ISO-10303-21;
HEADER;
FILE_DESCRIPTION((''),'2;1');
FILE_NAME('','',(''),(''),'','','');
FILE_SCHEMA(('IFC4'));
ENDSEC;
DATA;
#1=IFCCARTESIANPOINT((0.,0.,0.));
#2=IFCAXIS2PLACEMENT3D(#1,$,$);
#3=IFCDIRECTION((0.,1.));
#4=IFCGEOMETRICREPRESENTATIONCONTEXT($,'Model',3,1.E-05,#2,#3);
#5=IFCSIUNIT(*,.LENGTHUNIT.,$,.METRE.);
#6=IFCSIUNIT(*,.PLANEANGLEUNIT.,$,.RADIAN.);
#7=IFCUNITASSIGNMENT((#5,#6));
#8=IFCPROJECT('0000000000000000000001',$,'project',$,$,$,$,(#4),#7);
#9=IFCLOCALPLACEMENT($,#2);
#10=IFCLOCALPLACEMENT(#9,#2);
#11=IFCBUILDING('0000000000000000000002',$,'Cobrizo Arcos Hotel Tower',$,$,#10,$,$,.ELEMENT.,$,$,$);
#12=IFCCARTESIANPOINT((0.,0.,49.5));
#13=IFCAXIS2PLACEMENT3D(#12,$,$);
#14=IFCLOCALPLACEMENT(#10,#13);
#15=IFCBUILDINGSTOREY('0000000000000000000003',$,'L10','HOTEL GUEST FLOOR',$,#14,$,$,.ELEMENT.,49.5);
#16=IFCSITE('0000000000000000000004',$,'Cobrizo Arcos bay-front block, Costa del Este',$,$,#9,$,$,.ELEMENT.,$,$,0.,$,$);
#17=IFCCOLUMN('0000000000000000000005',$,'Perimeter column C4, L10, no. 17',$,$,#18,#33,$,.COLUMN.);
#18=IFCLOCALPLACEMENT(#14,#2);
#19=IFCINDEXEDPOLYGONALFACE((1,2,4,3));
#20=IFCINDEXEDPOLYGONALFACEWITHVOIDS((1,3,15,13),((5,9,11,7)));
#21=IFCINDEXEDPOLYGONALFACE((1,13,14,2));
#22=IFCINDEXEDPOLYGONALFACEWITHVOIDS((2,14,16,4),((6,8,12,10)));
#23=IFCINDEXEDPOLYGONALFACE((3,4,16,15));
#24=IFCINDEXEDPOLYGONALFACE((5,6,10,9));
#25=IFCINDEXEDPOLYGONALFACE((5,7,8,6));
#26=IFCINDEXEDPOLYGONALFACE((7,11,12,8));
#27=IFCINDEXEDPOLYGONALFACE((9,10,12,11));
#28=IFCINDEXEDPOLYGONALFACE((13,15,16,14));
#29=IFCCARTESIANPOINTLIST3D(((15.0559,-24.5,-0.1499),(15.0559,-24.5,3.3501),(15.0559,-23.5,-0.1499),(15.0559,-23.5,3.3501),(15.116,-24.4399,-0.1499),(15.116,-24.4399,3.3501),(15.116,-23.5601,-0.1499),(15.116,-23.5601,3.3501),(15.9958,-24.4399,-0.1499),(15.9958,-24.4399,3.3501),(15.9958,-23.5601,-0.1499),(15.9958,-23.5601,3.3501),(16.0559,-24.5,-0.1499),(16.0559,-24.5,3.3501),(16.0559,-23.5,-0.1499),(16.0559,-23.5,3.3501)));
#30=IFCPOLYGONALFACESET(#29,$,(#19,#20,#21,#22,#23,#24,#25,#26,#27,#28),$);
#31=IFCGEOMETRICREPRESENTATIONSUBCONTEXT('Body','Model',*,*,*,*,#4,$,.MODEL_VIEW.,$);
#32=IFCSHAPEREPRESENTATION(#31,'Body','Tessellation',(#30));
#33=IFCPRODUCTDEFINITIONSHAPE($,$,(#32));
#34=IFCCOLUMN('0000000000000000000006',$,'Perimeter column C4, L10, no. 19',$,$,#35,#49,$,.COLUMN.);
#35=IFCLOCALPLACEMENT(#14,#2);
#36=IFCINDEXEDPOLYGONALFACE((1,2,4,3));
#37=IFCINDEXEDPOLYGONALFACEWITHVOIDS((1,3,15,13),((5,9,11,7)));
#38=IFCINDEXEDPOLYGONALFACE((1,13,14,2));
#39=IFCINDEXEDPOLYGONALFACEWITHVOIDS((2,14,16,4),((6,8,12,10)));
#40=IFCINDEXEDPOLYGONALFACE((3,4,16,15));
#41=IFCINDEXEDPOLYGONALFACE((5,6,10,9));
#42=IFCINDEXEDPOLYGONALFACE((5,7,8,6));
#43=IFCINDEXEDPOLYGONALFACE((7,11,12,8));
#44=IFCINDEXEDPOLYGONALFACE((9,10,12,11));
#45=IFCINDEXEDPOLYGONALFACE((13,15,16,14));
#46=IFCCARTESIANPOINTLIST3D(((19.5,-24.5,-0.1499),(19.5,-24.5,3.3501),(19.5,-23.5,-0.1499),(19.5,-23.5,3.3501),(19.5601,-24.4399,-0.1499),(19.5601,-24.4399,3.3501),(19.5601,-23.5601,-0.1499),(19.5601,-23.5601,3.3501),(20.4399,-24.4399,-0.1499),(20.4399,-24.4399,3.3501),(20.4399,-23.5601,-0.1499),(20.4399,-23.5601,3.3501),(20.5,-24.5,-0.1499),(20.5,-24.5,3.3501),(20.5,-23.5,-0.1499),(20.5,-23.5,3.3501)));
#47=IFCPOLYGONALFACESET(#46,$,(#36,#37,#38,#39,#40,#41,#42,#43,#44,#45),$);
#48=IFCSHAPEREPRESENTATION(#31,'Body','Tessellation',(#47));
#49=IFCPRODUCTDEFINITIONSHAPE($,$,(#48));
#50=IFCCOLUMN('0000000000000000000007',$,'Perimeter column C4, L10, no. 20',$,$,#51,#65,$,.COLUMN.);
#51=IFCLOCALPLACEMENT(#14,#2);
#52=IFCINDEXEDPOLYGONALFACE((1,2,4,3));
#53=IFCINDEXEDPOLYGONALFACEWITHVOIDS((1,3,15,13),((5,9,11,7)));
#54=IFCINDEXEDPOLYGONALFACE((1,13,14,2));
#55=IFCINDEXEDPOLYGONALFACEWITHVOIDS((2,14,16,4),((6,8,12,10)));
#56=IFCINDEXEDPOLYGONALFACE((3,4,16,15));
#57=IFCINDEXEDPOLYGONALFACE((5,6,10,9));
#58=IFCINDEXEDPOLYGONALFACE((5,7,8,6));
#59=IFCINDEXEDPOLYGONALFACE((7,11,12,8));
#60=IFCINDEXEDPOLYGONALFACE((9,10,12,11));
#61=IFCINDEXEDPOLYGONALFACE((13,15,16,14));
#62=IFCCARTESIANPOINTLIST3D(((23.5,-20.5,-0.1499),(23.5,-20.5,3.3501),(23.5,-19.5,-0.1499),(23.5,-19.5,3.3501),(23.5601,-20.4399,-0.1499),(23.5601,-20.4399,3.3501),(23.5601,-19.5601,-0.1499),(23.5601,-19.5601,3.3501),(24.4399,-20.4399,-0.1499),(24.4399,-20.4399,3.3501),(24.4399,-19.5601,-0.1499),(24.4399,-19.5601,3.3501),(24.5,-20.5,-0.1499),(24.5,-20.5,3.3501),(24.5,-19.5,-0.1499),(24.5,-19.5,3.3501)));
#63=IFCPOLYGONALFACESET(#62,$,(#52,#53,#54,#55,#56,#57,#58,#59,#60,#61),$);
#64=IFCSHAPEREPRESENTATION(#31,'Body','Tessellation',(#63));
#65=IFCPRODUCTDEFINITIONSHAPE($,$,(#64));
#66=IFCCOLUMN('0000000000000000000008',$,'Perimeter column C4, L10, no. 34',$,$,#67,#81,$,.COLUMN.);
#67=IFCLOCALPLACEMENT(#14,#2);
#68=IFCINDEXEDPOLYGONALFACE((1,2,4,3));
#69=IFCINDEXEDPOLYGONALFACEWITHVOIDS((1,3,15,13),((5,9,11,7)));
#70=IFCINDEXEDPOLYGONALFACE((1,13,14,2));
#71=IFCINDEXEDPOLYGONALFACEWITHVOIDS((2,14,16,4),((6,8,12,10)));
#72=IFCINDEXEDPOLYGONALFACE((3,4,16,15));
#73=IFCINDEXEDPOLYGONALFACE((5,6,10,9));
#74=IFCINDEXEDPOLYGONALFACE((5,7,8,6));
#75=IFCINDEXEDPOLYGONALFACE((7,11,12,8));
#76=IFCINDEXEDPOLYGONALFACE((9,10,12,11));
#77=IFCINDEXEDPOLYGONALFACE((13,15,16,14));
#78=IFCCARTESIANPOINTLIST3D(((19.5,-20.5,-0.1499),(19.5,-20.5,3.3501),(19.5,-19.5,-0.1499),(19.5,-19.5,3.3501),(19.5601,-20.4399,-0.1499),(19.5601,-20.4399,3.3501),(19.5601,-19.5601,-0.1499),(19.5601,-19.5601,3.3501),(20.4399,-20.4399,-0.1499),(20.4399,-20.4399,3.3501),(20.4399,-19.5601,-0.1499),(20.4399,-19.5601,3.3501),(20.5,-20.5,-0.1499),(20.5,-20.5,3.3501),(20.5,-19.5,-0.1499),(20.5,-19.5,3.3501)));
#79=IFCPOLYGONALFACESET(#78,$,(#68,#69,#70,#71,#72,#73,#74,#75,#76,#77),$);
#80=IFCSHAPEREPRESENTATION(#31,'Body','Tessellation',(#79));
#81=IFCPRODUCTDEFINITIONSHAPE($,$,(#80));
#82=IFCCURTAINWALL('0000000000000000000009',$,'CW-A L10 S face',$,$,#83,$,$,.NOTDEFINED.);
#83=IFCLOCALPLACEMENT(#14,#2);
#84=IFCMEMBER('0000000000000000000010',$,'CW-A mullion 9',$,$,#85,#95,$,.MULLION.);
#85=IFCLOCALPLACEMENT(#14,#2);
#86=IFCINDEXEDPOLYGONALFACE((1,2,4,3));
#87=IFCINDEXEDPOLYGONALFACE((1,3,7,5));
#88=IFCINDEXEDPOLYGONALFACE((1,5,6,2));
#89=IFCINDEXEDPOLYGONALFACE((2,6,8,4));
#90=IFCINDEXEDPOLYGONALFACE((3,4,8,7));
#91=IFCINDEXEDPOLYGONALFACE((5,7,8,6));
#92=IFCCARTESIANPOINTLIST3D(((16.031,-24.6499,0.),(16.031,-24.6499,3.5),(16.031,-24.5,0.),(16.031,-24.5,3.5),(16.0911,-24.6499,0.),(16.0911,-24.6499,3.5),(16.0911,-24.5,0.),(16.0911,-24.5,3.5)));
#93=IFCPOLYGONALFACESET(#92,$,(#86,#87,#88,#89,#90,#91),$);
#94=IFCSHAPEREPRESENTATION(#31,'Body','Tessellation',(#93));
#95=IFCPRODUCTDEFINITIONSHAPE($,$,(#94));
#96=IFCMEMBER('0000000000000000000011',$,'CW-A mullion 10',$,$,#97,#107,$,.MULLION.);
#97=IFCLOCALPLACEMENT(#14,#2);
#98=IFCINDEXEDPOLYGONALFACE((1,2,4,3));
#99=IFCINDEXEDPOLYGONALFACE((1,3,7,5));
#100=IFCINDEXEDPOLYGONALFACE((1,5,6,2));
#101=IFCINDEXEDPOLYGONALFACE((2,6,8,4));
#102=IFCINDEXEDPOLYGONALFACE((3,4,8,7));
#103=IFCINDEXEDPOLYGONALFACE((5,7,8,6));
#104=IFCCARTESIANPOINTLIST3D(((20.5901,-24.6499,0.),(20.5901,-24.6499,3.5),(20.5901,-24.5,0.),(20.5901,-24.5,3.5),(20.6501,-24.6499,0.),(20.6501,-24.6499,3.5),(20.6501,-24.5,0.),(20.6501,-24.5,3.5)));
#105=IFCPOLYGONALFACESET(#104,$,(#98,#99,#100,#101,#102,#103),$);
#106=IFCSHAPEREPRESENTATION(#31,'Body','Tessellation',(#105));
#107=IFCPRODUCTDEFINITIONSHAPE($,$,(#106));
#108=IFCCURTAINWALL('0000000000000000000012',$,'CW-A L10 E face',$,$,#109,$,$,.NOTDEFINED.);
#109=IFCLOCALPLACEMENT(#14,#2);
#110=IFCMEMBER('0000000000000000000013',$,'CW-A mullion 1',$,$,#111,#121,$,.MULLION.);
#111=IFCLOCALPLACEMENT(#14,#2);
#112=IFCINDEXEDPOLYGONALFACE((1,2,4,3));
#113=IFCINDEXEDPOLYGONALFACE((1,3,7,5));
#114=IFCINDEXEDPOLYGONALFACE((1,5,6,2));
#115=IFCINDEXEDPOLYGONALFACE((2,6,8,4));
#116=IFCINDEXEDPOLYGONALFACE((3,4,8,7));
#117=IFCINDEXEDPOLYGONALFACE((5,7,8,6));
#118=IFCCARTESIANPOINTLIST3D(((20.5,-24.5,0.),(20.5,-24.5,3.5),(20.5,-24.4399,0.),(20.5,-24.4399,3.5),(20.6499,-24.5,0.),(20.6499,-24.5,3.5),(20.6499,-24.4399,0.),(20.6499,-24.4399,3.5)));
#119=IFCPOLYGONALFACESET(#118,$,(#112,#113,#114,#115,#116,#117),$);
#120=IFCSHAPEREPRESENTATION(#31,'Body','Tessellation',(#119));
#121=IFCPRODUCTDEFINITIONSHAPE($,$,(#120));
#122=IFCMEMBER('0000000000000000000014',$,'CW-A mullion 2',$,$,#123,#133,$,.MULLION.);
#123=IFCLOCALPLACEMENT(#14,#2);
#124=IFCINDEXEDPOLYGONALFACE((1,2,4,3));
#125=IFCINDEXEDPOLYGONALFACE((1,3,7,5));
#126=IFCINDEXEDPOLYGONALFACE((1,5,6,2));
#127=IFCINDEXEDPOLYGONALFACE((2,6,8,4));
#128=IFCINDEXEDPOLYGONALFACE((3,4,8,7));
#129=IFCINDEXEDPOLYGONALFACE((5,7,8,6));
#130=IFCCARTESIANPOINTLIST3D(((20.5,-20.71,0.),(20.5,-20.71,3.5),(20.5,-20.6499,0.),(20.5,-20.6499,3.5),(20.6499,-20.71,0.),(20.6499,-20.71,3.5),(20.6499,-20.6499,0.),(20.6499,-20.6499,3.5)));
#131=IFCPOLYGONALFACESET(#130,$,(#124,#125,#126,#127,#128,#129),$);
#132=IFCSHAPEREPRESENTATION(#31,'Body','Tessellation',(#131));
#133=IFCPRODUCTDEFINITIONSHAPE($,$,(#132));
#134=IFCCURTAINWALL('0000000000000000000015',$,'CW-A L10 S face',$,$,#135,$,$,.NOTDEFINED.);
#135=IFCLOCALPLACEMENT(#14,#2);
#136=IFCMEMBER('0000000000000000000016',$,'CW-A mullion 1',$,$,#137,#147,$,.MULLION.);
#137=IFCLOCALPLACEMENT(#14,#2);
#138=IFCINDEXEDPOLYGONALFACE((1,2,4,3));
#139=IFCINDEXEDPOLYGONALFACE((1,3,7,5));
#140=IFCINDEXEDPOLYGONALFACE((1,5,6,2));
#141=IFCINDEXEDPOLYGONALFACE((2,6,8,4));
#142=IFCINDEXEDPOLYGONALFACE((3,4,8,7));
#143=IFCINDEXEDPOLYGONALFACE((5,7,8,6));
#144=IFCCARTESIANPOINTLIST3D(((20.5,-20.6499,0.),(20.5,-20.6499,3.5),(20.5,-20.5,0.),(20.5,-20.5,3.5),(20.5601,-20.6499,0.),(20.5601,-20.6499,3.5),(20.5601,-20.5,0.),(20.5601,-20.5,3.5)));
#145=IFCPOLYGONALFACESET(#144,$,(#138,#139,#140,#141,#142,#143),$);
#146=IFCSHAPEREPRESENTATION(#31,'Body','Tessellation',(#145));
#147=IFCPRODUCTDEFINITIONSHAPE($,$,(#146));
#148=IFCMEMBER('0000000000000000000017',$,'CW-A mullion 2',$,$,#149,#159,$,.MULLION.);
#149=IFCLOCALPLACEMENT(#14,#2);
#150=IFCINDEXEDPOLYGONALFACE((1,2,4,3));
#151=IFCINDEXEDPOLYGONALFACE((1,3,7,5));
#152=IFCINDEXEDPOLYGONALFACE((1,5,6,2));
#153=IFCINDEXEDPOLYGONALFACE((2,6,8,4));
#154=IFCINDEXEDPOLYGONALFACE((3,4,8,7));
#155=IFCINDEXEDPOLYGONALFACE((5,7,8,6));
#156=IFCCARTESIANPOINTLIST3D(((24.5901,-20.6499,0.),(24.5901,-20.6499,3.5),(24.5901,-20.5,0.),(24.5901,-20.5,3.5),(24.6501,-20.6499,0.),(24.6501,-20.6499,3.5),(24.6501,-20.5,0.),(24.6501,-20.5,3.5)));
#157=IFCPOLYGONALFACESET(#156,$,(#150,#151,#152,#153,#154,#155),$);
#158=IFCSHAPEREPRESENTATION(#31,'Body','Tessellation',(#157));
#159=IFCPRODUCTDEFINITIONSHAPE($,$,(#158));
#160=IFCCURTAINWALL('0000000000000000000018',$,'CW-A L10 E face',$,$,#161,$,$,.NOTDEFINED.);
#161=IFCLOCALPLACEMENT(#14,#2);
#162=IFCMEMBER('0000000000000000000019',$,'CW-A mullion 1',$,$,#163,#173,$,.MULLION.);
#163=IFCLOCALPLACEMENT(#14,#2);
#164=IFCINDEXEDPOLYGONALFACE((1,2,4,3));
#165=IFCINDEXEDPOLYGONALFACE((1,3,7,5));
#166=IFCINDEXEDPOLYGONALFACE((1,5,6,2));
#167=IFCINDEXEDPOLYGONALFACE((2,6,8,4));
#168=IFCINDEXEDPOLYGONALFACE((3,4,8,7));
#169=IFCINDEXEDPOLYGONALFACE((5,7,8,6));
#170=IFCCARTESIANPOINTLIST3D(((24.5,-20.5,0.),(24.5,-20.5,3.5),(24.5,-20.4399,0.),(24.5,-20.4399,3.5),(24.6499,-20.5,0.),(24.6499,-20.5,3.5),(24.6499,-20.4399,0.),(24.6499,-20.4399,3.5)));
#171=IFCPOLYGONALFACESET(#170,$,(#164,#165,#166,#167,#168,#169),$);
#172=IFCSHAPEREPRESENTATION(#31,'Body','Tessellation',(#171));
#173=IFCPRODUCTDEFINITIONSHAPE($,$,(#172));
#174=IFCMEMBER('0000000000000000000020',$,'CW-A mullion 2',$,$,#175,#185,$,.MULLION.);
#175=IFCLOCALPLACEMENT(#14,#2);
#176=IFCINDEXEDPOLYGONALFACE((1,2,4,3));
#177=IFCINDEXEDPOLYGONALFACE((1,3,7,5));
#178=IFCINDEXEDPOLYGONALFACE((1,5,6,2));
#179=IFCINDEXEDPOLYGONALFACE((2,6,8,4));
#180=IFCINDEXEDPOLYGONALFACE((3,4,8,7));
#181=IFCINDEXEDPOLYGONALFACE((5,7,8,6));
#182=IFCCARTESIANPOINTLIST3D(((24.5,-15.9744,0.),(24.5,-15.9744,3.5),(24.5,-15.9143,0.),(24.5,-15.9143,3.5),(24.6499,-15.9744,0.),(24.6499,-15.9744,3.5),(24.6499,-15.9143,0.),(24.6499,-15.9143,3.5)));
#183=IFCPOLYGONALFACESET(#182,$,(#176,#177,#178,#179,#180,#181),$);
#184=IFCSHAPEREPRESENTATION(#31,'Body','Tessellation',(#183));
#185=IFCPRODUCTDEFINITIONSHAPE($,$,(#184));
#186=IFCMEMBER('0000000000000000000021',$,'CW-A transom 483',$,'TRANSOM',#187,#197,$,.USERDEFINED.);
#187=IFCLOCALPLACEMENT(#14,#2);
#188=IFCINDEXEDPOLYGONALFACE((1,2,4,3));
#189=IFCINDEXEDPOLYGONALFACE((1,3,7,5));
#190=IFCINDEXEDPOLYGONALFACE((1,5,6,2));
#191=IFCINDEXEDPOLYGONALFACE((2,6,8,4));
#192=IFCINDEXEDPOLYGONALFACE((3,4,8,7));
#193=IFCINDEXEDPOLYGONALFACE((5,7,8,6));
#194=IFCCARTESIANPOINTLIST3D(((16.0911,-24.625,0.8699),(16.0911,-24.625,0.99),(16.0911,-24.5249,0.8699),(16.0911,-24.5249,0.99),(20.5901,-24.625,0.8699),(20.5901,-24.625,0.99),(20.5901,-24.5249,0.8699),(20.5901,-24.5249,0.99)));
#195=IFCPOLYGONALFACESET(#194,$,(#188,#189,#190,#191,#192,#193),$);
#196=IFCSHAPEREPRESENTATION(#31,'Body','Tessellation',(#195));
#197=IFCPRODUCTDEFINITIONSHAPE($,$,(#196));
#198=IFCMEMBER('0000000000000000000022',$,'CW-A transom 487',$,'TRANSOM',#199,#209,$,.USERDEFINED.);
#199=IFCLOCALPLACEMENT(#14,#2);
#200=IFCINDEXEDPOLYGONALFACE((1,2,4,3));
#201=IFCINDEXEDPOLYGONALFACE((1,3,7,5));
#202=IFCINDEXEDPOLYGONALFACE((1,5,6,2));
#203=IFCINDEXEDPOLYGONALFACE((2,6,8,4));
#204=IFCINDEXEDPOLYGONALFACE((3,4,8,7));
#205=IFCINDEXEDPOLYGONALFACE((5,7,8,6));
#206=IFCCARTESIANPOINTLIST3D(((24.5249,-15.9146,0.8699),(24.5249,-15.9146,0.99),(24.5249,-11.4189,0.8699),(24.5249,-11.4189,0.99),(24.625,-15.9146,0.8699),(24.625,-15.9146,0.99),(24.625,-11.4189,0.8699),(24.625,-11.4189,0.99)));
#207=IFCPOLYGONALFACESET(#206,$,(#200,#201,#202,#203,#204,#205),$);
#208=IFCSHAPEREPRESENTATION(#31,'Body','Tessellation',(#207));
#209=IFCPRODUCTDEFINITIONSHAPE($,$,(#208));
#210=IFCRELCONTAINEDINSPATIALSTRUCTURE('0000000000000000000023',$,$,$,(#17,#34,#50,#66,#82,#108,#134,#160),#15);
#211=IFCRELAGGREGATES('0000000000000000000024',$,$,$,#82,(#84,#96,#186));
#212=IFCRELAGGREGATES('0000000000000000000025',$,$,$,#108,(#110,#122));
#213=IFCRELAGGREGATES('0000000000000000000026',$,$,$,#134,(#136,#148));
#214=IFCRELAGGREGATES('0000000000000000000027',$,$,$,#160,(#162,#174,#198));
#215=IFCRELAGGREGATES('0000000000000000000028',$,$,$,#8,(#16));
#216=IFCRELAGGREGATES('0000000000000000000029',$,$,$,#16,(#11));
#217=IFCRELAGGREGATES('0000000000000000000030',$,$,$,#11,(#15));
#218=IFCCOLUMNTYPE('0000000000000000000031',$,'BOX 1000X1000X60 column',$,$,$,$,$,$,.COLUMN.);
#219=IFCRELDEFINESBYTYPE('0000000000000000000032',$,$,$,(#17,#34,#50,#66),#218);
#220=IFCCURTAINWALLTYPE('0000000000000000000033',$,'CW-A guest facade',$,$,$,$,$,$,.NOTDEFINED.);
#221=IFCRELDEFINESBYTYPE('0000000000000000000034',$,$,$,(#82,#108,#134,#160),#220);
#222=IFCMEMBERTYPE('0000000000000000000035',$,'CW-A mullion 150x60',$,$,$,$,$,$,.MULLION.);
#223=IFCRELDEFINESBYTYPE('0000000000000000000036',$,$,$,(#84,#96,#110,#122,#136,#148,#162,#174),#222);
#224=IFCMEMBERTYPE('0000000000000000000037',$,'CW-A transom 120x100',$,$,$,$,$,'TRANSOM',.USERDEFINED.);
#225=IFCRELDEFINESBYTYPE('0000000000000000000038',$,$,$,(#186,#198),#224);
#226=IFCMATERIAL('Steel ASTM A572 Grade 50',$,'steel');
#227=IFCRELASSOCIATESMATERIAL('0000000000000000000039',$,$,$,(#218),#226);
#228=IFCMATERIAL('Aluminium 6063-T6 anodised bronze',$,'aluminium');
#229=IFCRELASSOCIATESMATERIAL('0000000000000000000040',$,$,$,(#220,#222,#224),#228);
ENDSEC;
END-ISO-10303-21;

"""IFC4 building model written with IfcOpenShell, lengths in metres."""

from ifc_helpers import new_model, si_unit, direction, frame, origin, origin_2d, place, context, subcontext, project, spatial, rectangle, hollow_rectangle, extrude, material, material_profile, profile_set, type_object, element, aggregate, save


model = new_model("IFC4")

# Units and contexts
model_context = context("Model", 3, precision=1e-05, world=origin(), true_north=direction((0.0, 1.0)))
body_context = subcontext(model_context, "Body", "Model", "MODEL_VIEW")
ifc_project = project(units=[si_unit("LENGTHUNIT", "METRE"), si_unit("PLANEANGLEUNIT", "RADIAN")], contexts=[model_context])

# Site, building, storey
site_placement = place(None, origin())
site = spatial("IfcSite", under=ifc_project, at=site_placement, Name="Cobrizo Arcos bay-front block, Costa del Este", CompositionType="ELEMENT", RefElevation=0.0)
building_placement = place(site_placement, origin())
building = spatial("IfcBuilding", under=site, at=building_placement, Name="Cobrizo Arcos Hotel Tower", CompositionType="ELEMENT")
storey_placement = place(building_placement, frame((0.0, 0.0, 49.5)))
storey = spatial("IfcBuildingStorey", under=building, at=storey_placement, Name="L10", Description="HOTEL GUEST FLOOR", CompositionType="ELEMENT", Elevation=49.5)

# Columns
ifc_material_1 = material(Name="Steel ASTM A572 Grade 50", Category="steel")
ifc_material_profile_1 = material_profile(ifc_material_1, hollow_rectangle(XDim=1.0, YDim=1.0, WallThickness=0.0601, at=origin_2d()), Name="BOX 1000X1000X60")
ifc_profile_set_1 = profile_set([ifc_material_profile_1], Name="Steel ASTM A572 Grade 50")
column_type = type_object("IfcColumnType", Name="BOX 1000X1000X60 column", PredefinedType="COLUMN", material=ifc_profile_set_1)
for number, where, z_axis, x_axis, name in (
    (1, (15.5559, -24.0, -0.1499), (0.0, 0.0, 1.0), (1.0, 0.0, 0.0), "Perimeter column C4, L10, no. 17"),
    (2, (20.0, -24.0, -0.1499), (0.0, 0.0, 1.0), (1.0, 0.0, 0.0), "Perimeter column C4, L10, no. 19"),
    (3, (24.0, -20.0, -0.1499), (0.0, 0.0, 1.0), (1.0, 0.0, 0.0), "Perimeter column C4, L10, no. 20"),
    (4, (20.0, -20.0, -0.1499), (0.0, 0.0, 1.0), (1.0, 0.0, 0.0), "Perimeter column C4, L10, no. 34"),
):
    element("IfcColumn", number, at=place(storey_placement, frame(where, z_axis=z_axis, x_axis=x_axis)), inside=storey, type_object=column_type, Name=name, PredefinedType="COLUMN", context=body_context, shape_type="SweptSolid", body=[
        extrude(hollow_rectangle(XDim=1.0, YDim=1.0, WallThickness=0.0601, at=origin_2d()), origin(), (0.0, 0.0, 1.0), 3.5),
    ])

# Curtain walls, members
ifc_material_2 = material(Name="Aluminium 6063-T6 anodised bronze", Category="aluminium")
curtain_wall_type = type_object("IfcCurtainWallType", Name="CW-A guest facade", PredefinedType="NOTDEFINED", material=ifc_material_2)
curtain_wall_1_placement = place(storey_placement, origin())
curtain_wall_1 = element("IfcCurtainWall", 5, at=curtain_wall_1_placement, inside=storey, type_object=curtain_wall_type, Name="CW-A L10 S face", PredefinedType="NOTDEFINED")
ifc_material_profile_2 = material_profile(ifc_material_2, rectangle(XDim=0.1499, YDim=0.0601, at=origin_2d()), Name="CW-A mullion 150x60")
ifc_profile_set_2 = profile_set([ifc_material_profile_2], Name="Aluminium 6063-T6 anodised bronze")
member_type_1 = type_object("IfcMemberType", Name="CW-A mullion 150x60", PredefinedType="MULLION", material=ifc_profile_set_2)
member_1_placement = place(storey_placement, frame((16.061, -24.575, 0.0), z_axis=(0.0, 0.0, 1.0), x_axis=(0.0, -1.0, 0.0)))
member_1 = element("IfcMember", 6, at=member_1_placement, type_object=member_type_1, Name="CW-A mullion 9", PredefinedType="MULLION", context=body_context, shape_type="SweptSolid", body=[
    extrude(rectangle(XDim=0.1499, YDim=0.0601, at=origin_2d()), origin(), (0.0, 0.0, 1.0), 3.5),
])
member_2_placement = place(storey_placement, frame((20.6201, -24.575, 0.0), z_axis=(0.0, 0.0, 1.0), x_axis=(0.0, -1.0, 0.0)))
member_2 = element("IfcMember", 7, at=member_2_placement, type_object=member_type_1, Name="CW-A mullion 10", PredefinedType="MULLION", context=body_context, shape_type="SweptSolid", body=[
    extrude(rectangle(XDim=0.1499, YDim=0.0601, at=origin_2d()), origin(), (0.0, 0.0, 1.0), 3.5),
])
curtain_wall_2_placement = place(storey_placement, origin())
curtain_wall_2 = element("IfcCurtainWall", 8, at=curtain_wall_2_placement, inside=storey, type_object=curtain_wall_type, Name="CW-A L10 E face", PredefinedType="NOTDEFINED")
member_3_placement = place(storey_placement, frame((20.575, -24.47, 0.0), z_axis=(0.0, 0.0, 1.0), x_axis=(1.0, 0.0, 0.0)))
member_3 = element("IfcMember", 9, at=member_3_placement, type_object=member_type_1, Name="CW-A mullion 1", PredefinedType="MULLION", context=body_context, shape_type="SweptSolid", body=[
    extrude(rectangle(XDim=0.1499, YDim=0.0601, at=origin_2d()), origin(), (0.0, 0.0, 1.0), 3.5),
])
member_4_placement = place(storey_placement, frame((20.575, -20.6799, 0.0), z_axis=(0.0, 0.0, 1.0), x_axis=(1.0, 0.0, 0.0)))
member_4 = element("IfcMember", 10, at=member_4_placement, type_object=member_type_1, Name="CW-A mullion 2", PredefinedType="MULLION", context=body_context, shape_type="SweptSolid", body=[
    extrude(rectangle(XDim=0.1499, YDim=0.0601, at=origin_2d()), origin(), (0.0, 0.0, 1.0), 3.5),
])
curtain_wall_3_placement = place(storey_placement, origin())
curtain_wall_3 = element("IfcCurtainWall", 11, at=curtain_wall_3_placement, inside=storey, type_object=curtain_wall_type, Name="CW-A L10 S face", PredefinedType="NOTDEFINED")
member_5_placement = place(storey_placement, frame((20.53, -20.575, 0.0), z_axis=(0.0, 0.0, 1.0), x_axis=(0.0, -1.0, 0.0)))
member_5 = element("IfcMember", 12, at=member_5_placement, type_object=member_type_1, Name="CW-A mullion 1", PredefinedType="MULLION", context=body_context, shape_type="SweptSolid", body=[
    extrude(rectangle(XDim=0.1499, YDim=0.0601, at=origin_2d()), origin(), (0.0, 0.0, 1.0), 3.5),
])
member_6_placement = place(storey_placement, frame((24.6201, -20.575, 0.0), z_axis=(0.0, 0.0, 1.0), x_axis=(0.0, -1.0, 0.0)))
member_6 = element("IfcMember", 13, at=member_6_placement, type_object=member_type_1, Name="CW-A mullion 2", PredefinedType="MULLION", context=body_context, shape_type="SweptSolid", body=[
    extrude(rectangle(XDim=0.1499, YDim=0.0601, at=origin_2d()), origin(), (0.0, 0.0, 1.0), 3.5),
])
curtain_wall_4_placement = place(storey_placement, origin())
curtain_wall_4 = element("IfcCurtainWall", 14, at=curtain_wall_4_placement, inside=storey, type_object=curtain_wall_type, Name="CW-A L10 E face", PredefinedType="NOTDEFINED")
member_7_placement = place(storey_placement, frame((24.575, -20.47, 0.0), z_axis=(0.0, 0.0, 1.0), x_axis=(1.0, 0.0, 0.0)))
member_7 = element("IfcMember", 15, at=member_7_placement, type_object=member_type_1, Name="CW-A mullion 1", PredefinedType="MULLION", context=body_context, shape_type="SweptSolid", body=[
    extrude(rectangle(XDim=0.1499, YDim=0.0601, at=origin_2d()), origin(), (0.0, 0.0, 1.0), 3.5),
])
member_8_placement = place(storey_placement, frame((24.575, -15.9443, 0.0), z_axis=(0.0, 0.0, 1.0), x_axis=(1.0, 0.0, 0.0)))
member_8 = element("IfcMember", 16, at=member_8_placement, type_object=member_type_1, Name="CW-A mullion 2", PredefinedType="MULLION", context=body_context, shape_type="SweptSolid", body=[
    extrude(rectangle(XDim=0.1499, YDim=0.0601, at=origin_2d()), origin(), (0.0, 0.0, 1.0), 3.5),
])

# Members
ifc_material_profile_3 = material_profile(ifc_material_2, rectangle(XDim=0.1001, YDim=0.1201, at=origin_2d()), Name="CW-A transom 120x100")
ifc_profile_set_3 = profile_set([ifc_material_profile_3], Name="Aluminium 6063-T6 anodised bronze")
member_type_2 = type_object("IfcMemberType", Name="CW-A transom 120x100", ElementType="TRANSOM", PredefinedType="USERDEFINED", material=ifc_profile_set_3)
member_9_placement = place(storey_placement, frame((16.0911, -24.575, 0.9299), z_axis=(1.0, 0.0, 0.0), x_axis=(0.0, 1.0, 0.0)))
member_9 = element("IfcMember", 17, at=member_9_placement, type_object=member_type_2, Name="CW-A transom 483", ObjectType="TRANSOM", PredefinedType="USERDEFINED", context=body_context, shape_type="SweptSolid", body=[
    extrude(rectangle(XDim=0.1001, YDim=0.1201, at=origin_2d()), origin(), (0.0, 0.0, 1.0), 4.499),
])
member_10_placement = place(storey_placement, frame((24.575, -15.9146, 0.9299), z_axis=(0.0, 1.0, 0.0), x_axis=(-1.0, 0.0, 0.0)))
member_10 = element("IfcMember", 18, at=member_10_placement, type_object=member_type_2, Name="CW-A transom 487", ObjectType="TRANSOM", PredefinedType="USERDEFINED", context=body_context, shape_type="SweptSolid", body=[
    extrude(rectangle(XDim=0.1001, YDim=0.1201, at=origin_2d()), origin(), (0.0, 0.0, 1.0), 4.4956),
])

aggregate(curtain_wall_1, [member_1, member_2, member_9])
aggregate(curtain_wall_2, [member_3, member_4])
aggregate(curtain_wall_3, [member_5, member_6])
aggregate(curtain_wall_4, [member_7, member_8, member_10])

save(model, "model.ifc")
